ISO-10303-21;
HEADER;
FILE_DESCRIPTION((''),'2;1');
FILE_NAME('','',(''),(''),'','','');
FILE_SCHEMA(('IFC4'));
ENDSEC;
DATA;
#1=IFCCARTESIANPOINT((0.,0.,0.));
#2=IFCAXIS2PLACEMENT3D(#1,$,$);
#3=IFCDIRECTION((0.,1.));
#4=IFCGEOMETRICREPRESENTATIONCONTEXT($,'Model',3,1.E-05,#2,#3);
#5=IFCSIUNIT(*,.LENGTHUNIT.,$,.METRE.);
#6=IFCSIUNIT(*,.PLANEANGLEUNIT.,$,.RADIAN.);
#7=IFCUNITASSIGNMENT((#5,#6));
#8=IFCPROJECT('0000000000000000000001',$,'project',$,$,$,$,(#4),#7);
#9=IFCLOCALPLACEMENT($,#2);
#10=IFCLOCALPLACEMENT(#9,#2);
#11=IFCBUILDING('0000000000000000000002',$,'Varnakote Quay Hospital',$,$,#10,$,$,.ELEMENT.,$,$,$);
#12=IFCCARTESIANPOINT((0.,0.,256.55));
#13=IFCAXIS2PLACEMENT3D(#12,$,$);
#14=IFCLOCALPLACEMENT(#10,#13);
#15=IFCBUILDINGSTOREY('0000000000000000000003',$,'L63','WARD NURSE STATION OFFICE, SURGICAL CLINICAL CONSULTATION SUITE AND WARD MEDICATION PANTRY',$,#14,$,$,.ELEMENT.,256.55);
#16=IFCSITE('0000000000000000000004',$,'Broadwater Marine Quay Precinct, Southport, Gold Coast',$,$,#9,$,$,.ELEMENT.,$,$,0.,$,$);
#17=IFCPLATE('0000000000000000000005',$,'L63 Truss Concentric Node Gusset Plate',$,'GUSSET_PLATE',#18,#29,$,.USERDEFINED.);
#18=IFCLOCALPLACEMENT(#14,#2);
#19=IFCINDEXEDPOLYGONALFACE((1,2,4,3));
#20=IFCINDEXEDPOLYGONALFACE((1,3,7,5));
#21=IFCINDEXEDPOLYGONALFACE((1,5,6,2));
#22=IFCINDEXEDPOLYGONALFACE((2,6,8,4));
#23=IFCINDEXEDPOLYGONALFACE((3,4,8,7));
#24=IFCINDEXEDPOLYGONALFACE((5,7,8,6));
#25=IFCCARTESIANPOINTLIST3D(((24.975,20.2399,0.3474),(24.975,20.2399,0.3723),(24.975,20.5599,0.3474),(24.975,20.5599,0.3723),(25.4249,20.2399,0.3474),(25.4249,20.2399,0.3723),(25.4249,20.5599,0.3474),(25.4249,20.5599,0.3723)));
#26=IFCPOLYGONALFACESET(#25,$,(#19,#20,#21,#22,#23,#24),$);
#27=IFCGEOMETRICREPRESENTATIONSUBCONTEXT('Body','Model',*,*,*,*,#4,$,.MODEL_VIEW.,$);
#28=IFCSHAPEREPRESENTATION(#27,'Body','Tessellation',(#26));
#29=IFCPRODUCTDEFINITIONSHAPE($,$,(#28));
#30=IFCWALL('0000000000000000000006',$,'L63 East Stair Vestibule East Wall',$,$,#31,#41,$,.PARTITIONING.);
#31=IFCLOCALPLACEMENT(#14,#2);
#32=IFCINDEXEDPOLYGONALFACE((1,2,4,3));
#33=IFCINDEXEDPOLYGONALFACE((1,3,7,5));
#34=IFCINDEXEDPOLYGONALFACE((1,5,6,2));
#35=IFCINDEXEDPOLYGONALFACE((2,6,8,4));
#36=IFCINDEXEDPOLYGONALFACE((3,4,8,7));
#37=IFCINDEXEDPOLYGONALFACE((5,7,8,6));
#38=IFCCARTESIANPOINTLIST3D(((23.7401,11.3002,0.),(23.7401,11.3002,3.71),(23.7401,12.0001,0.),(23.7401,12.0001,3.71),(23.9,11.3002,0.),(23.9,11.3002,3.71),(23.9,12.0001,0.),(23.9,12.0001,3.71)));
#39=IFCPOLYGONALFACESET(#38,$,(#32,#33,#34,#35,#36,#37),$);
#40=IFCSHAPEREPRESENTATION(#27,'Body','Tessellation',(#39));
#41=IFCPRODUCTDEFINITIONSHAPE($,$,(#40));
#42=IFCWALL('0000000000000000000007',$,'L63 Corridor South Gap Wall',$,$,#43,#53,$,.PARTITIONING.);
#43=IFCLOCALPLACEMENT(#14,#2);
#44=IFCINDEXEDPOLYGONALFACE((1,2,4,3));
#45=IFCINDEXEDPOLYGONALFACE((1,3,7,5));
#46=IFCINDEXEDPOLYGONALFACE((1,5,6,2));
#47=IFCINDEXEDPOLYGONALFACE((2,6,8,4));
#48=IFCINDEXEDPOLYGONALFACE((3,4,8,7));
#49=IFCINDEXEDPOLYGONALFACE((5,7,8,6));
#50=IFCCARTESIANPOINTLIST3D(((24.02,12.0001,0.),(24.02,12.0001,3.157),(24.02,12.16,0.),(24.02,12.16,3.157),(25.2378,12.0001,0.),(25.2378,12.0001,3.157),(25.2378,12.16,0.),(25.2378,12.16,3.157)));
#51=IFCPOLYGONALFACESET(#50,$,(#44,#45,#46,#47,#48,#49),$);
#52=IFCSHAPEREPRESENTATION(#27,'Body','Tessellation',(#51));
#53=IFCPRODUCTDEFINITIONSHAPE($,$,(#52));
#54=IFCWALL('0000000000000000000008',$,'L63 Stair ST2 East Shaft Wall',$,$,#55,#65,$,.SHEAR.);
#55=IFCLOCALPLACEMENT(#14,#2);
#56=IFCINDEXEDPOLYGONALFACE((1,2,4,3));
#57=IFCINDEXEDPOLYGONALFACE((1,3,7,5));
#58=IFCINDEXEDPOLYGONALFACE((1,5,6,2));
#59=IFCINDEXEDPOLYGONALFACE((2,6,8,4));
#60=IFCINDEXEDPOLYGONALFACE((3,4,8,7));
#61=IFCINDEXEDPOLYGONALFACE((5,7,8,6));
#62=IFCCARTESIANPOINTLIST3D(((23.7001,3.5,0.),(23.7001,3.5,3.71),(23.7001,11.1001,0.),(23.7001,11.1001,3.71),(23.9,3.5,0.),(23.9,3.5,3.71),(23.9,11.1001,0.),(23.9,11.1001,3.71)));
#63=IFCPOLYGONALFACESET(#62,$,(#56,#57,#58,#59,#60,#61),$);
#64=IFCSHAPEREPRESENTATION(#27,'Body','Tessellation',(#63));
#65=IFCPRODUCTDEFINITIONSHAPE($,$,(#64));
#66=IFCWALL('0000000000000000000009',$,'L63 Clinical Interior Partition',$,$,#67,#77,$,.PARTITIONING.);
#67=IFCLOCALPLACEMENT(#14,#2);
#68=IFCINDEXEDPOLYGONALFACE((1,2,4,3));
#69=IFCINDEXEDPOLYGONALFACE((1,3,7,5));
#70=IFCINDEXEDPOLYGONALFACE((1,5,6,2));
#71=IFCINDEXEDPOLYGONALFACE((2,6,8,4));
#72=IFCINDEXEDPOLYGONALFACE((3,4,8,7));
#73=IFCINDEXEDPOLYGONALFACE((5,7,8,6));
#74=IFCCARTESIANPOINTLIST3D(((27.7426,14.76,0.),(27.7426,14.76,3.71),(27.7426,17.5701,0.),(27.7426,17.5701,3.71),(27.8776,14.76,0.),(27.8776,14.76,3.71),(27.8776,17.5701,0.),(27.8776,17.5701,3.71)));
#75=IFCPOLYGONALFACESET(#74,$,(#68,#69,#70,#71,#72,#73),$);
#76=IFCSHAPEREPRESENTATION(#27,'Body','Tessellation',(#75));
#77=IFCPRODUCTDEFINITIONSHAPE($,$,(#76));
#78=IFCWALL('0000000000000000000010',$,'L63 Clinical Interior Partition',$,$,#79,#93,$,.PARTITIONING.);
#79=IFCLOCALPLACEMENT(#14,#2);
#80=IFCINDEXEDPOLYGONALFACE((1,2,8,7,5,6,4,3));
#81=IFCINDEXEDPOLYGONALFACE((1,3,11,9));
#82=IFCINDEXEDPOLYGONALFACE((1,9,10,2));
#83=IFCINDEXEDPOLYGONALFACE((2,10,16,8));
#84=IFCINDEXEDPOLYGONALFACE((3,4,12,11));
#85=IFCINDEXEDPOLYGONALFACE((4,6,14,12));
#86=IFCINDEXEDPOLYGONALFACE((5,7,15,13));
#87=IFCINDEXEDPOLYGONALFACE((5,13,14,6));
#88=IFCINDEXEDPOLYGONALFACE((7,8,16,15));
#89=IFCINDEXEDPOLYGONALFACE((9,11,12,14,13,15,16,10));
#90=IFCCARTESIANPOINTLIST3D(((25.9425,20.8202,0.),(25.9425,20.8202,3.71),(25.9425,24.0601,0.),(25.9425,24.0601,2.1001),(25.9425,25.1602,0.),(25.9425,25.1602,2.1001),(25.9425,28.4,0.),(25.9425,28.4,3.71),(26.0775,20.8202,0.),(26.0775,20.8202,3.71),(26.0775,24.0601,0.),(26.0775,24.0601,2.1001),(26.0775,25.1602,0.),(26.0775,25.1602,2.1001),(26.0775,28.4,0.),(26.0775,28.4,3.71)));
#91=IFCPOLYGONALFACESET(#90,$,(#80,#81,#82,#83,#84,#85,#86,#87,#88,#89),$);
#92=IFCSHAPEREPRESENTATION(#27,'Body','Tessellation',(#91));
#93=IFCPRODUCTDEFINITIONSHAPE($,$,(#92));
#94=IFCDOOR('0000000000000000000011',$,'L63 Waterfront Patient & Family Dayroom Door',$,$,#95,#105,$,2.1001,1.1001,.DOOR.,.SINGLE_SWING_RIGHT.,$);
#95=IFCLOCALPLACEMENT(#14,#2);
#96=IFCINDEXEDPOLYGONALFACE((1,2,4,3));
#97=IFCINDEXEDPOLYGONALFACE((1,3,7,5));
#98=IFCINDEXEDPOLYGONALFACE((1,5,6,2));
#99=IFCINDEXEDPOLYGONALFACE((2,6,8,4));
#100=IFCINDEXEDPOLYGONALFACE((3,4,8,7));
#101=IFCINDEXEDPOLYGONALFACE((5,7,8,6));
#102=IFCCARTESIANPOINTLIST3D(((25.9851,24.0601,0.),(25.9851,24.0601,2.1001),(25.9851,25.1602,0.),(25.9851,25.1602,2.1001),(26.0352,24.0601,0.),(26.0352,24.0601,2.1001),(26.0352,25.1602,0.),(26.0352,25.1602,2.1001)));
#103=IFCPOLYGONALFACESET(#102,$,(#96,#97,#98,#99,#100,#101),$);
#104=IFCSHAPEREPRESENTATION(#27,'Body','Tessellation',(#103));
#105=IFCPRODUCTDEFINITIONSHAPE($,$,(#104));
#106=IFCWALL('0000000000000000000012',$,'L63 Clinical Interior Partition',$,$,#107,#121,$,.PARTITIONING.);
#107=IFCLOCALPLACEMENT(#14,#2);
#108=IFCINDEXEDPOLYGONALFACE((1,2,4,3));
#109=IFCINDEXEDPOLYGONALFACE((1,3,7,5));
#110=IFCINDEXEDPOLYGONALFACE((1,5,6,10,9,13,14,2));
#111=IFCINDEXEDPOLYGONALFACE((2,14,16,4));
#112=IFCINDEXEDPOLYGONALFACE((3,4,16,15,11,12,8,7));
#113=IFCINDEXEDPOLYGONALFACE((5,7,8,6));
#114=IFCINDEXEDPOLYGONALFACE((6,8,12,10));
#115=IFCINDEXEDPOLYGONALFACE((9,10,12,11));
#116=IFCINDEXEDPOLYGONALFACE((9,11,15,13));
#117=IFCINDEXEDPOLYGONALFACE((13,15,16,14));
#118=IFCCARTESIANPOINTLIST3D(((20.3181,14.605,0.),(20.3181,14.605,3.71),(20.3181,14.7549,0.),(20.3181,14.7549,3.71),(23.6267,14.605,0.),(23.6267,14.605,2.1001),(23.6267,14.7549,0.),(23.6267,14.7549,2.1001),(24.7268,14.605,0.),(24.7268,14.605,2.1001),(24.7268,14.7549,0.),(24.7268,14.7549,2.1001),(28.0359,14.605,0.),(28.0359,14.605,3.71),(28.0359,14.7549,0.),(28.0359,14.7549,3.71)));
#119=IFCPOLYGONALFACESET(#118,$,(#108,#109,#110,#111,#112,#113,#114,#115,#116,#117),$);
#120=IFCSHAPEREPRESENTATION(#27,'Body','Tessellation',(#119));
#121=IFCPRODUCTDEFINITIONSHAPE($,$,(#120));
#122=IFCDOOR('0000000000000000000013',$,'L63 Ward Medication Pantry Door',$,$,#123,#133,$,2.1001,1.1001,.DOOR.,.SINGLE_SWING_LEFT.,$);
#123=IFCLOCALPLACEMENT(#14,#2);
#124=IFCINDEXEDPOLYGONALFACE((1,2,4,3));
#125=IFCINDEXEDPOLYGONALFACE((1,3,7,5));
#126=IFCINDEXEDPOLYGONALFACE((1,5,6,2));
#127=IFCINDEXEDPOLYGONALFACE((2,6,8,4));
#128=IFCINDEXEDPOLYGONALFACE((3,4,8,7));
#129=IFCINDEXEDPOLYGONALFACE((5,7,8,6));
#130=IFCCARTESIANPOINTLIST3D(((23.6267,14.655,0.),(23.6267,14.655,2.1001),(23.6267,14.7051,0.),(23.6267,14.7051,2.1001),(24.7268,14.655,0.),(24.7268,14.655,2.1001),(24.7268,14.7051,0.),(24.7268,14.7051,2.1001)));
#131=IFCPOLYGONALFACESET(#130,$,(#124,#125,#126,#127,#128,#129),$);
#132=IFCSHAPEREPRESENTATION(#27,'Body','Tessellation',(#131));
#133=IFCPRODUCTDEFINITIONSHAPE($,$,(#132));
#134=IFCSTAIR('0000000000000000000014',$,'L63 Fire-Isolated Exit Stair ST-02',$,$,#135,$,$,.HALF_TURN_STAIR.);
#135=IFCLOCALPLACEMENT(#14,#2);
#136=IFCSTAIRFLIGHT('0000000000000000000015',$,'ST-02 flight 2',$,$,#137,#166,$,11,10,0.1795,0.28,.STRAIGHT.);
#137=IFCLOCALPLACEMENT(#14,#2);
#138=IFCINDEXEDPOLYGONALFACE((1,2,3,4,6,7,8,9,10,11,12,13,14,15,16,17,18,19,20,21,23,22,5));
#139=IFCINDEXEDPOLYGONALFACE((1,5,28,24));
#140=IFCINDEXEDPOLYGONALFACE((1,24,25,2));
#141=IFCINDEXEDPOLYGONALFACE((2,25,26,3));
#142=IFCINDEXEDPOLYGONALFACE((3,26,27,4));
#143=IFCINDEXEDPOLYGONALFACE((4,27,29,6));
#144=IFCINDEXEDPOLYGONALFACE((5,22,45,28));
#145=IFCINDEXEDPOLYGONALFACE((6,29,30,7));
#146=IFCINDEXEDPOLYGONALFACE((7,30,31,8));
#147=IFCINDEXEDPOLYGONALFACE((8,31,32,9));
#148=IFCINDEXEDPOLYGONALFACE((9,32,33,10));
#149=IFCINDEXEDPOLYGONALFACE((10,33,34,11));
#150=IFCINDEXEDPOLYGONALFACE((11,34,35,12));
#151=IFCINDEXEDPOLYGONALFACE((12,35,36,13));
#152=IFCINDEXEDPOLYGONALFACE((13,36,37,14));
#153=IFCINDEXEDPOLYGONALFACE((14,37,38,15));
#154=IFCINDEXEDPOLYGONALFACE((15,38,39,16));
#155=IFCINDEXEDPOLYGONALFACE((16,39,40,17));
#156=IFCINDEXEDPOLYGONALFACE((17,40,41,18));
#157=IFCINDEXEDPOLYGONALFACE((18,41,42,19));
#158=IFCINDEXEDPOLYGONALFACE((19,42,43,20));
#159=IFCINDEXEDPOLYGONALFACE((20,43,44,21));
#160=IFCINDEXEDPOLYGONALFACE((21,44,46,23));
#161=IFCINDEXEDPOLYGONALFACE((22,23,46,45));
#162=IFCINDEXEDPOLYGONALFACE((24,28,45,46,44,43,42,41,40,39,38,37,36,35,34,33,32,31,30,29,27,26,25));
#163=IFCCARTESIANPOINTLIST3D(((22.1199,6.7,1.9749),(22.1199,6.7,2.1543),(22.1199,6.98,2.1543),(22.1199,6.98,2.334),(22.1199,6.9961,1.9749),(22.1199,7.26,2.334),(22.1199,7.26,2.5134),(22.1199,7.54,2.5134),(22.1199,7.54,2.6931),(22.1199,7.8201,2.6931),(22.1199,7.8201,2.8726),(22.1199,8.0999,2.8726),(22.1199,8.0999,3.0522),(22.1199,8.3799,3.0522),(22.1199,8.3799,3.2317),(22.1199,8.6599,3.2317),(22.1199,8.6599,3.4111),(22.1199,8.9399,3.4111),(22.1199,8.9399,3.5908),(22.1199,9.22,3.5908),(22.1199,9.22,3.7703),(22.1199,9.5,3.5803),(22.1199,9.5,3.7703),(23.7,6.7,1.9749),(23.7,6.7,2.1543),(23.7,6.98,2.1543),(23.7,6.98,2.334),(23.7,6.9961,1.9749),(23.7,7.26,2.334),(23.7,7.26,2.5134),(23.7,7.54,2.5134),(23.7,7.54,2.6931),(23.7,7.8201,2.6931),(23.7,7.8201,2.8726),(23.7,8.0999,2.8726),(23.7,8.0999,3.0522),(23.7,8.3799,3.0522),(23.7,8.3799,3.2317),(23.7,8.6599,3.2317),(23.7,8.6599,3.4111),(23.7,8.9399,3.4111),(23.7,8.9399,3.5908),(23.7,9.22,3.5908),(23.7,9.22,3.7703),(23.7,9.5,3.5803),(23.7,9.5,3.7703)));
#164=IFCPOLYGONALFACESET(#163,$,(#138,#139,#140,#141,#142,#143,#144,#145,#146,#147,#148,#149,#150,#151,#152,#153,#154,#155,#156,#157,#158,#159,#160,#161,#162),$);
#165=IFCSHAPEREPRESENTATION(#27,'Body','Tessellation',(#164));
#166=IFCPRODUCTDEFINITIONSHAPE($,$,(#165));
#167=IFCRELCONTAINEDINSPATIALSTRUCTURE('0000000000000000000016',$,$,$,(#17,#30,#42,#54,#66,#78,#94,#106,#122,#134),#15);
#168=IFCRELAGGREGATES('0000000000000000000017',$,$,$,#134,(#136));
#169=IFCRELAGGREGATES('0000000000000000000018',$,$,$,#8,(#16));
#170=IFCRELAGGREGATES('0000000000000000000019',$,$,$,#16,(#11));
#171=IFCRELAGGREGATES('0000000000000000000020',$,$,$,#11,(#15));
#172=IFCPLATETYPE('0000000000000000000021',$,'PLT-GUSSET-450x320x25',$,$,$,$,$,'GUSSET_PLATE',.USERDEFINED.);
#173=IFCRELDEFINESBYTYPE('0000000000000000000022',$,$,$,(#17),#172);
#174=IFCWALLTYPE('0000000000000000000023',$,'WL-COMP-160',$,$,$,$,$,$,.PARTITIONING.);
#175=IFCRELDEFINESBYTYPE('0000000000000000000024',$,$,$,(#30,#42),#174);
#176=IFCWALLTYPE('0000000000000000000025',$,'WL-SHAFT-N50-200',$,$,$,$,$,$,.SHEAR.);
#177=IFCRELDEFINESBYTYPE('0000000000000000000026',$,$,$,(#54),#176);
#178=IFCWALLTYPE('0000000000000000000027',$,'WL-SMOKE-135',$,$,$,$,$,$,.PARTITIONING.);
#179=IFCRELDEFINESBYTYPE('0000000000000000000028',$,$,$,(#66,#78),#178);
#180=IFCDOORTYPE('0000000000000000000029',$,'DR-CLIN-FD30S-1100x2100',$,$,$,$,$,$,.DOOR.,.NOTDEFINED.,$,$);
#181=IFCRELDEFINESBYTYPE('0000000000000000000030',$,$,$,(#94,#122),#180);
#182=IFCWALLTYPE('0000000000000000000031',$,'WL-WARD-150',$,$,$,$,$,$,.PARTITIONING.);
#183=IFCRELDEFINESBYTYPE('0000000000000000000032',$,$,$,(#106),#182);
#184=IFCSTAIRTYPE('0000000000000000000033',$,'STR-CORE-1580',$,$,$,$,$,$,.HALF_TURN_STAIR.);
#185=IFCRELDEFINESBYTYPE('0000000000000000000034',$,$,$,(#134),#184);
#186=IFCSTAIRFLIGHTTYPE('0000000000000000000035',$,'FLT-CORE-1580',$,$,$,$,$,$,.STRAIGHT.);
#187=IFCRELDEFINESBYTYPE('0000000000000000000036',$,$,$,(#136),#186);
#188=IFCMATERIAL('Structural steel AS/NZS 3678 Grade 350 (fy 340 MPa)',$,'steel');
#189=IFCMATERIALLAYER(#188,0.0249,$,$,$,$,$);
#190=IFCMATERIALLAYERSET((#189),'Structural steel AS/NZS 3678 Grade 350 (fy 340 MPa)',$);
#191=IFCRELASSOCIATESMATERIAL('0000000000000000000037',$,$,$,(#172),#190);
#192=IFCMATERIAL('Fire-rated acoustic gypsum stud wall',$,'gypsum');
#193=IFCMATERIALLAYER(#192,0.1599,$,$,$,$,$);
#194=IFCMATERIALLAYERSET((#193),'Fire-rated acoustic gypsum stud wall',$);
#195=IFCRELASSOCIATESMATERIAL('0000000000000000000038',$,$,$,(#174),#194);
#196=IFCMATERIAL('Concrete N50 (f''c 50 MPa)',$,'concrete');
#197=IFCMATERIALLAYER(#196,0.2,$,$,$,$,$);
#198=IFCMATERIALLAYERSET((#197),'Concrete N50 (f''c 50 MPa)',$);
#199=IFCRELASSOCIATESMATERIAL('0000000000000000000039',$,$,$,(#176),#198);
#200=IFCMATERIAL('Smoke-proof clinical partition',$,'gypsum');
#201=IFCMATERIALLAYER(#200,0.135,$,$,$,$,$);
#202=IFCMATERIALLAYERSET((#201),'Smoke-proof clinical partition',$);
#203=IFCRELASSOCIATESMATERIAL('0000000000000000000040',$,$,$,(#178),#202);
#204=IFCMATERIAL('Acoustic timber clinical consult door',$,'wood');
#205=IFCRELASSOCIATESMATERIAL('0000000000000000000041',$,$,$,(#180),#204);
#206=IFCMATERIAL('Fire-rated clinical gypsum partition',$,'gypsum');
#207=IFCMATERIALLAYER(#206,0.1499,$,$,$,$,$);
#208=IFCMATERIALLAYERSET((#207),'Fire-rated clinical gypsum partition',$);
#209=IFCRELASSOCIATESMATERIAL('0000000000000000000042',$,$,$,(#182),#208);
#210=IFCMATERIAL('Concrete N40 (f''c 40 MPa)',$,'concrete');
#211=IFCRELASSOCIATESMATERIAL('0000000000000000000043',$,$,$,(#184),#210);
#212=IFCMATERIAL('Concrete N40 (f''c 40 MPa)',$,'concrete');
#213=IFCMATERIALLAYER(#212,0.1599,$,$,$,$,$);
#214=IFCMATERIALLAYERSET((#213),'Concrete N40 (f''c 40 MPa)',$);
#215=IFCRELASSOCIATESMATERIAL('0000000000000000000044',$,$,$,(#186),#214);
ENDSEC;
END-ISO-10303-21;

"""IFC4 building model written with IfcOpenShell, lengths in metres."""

from ifc_helpers import new_model, si_unit, direction, frame, frame_2d, origin, origin_2d, place, context, subcontext, project, spatial, polyline, rectangle, outline, extrude, material, layer, layer_set, type_object, element, fill, aggregate, save


model = new_model("IFC4")

# Units and contexts
model_context = context("Model", 3, precision=1e-05, world=origin(), true_north=direction((0.0, 1.0)))
body_context = subcontext(model_context, "Body", "Model", "MODEL_VIEW")
ifc_project = project(units=[si_unit("LENGTHUNIT", "METRE"), si_unit("PLANEANGLEUNIT", "RADIAN")], contexts=[model_context])

# Site, building, storey
site_placement = place(None, origin())
site = spatial("IfcSite", under=ifc_project, at=site_placement, Name="Broadwater Marine Quay Precinct, Southport, Gold Coast", CompositionType="ELEMENT", RefElevation=0.0)
building_placement = place(site_placement, origin())
building = spatial("IfcBuilding", under=site, at=building_placement, Name="Varnakote Quay Hospital", CompositionType="ELEMENT")
storey_placement = place(building_placement, frame((0.0, 0.0, 256.55)))
storey = spatial("IfcBuildingStorey", under=building, at=storey_placement, Name="L63", Description="WARD NURSE STATION OFFICE, SURGICAL CLINICAL CONSULTATION SUITE AND WARD MEDICATION PANTRY", CompositionType="ELEMENT", Elevation=256.55)

# Plate
ifc_material_1 = material(Name="Structural steel AS/NZS 3678 Grade 350 (fy 340 MPa)", Category="steel")
ifc_layer_1 = layer(ifc_material_1, 0.0249)
ifc_layer_set_1 = layer_set([ifc_layer_1], Name="Structural steel AS/NZS 3678 Grade 350 (fy 340 MPa)")
plate_type_1 = type_object("IfcPlateType", Name="PLT-GUSSET-450x320x25", ElementType="GUSSET_PLATE", PredefinedType="USERDEFINED", material=ifc_layer_set_1)
plate_1_placement = place(storey_placement, frame((25.2, 20.3999, 0.3474), z_axis=(0.0, 0.0, 1.0), x_axis=(1.0, 0.0, 0.0)))
element("IfcPlate", 1, at=plate_1_placement, inside=storey, type_object=plate_type_1, Name="L63 Truss Concentric Node Gusset Plate", ObjectType="GUSSET_PLATE", PredefinedType="USERDEFINED", context=body_context, shape_type="SweptSolid", body=[
    extrude(rectangle(XDim=0.45, YDim=0.3201, at=origin_2d()), origin(), (0.0, 0.0, 1.0), 0.0249),
])

# Walls
ifc_material_2 = material(Name="Fire-rated acoustic gypsum stud wall", Category="gypsum")
ifc_layer_2 = layer(ifc_material_2, 0.1599)
ifc_layer_set_2 = layer_set([ifc_layer_2], Name="Fire-rated acoustic gypsum stud wall")
wall_type_1 = type_object("IfcWallType", Name="WL-COMP-160", PredefinedType="PARTITIONING", material=ifc_layer_set_2)
wall_1_placement = place(storey_placement, frame((23.8201, 11.3, 0.0), z_axis=(0.0, 0.0, 1.0), x_axis=(0.0, 1.0, 0.0)))
element("IfcWall", 2, at=wall_1_placement, inside=storey, type_object=wall_type_1, Name="L63 East Stair Vestibule East Wall", PredefinedType="PARTITIONING", context=body_context, shape_type="SweptSolid", body=[
    extrude(rectangle(XDim=0.7, YDim=0.1599, at=frame_2d((0.3501, 0.0))), origin(), (0.0, 0.0, 1.0), 3.71),
])
wall_2_placement = place(storey_placement, frame((24.02, 12.0801, 0.0), z_axis=(0.0, 0.0, 1.0), x_axis=(1.0, 0.0, 0.0)))
element("IfcWall", 3, at=wall_2_placement, inside=storey, type_object=wall_type_1, Name="L63 Corridor South Gap Wall", PredefinedType="PARTITIONING", context=body_context, shape_type="SweptSolid", body=[
    extrude(rectangle(XDim=1.2178, YDim=0.1599, at=frame_2d((0.6089, 0.0))), origin(), (0.0, 0.0, 1.0), 3.157),
])
ifc_material_3 = material(Name="Concrete N50 (f'c 50 MPa)", Category="concrete")
ifc_layer_3 = layer(ifc_material_3, 0.2)
ifc_layer_set_3 = layer_set([ifc_layer_3], Name="Concrete N50 (f'c 50 MPa)")
wall_type_2 = type_object("IfcWallType", Name="WL-SHAFT-N50-200", PredefinedType="SHEAR", material=ifc_layer_set_3)
wall_3_placement = place(storey_placement, frame((23.8, 3.5, 0.0), z_axis=(0.0, 0.0, 1.0), x_axis=(0.0, 1.0, 0.0)))
element("IfcWall", 4, at=wall_3_placement, inside=storey, type_object=wall_type_2, Name="L63 Stair ST2 East Shaft Wall", PredefinedType="SHEAR", context=body_context, shape_type="SweptSolid", body=[
    extrude(rectangle(XDim=7.6001, YDim=0.2, at=frame_2d((3.8, 0.0))), origin(), (0.0, 0.0, 1.0), 3.71),
])
ifc_material_4 = material(Name="Smoke-proof clinical partition", Category="gypsum")
ifc_layer_4 = layer(ifc_material_4, 0.135)
ifc_layer_set_4 = layer_set([ifc_layer_4], Name="Smoke-proof clinical partition")
wall_type_3 = type_object("IfcWallType", Name="WL-SMOKE-135", PredefinedType="PARTITIONING", material=ifc_layer_set_4)
wall_4_placement = place(storey_placement, frame((27.8101, 14.76, 0.0), z_axis=(0.0, 0.0, 1.0), x_axis=(0.0, 1.0, 0.0)))
element("IfcWall", 5, at=wall_4_placement, inside=storey, type_object=wall_type_3, Name="L63 Clinical Interior Partition", PredefinedType="PARTITIONING", context=body_context, shape_type="SweptSolid", body=[
    extrude(rectangle(XDim=2.8101, YDim=0.135, at=frame_2d((1.405, 0.0))), origin(), (0.0, 0.0, 1.0), 3.71),
])

# Walls, openings, doors
wall_5_placement = place(storey_placement, frame((26.01, 20.8201, 0.0), z_axis=(0.0, 0.0, 1.0), x_axis=(0.0, 1.0, 0.0)))
wall_5 = element("IfcWall", 6, at=wall_5_placement, inside=storey, type_object=wall_type_3, Name="L63 Clinical Interior Partition", PredefinedType="PARTITIONING", context=body_context, shape_type="SweptSolid", body=[
    extrude(rectangle(XDim=7.5798, YDim=0.135, at=frame_2d((3.79, 0.0))), origin(), (0.0, 0.0, 1.0), 3.71),
])
opening_1_placement = place(wall_5_placement, frame((3.24, 0.0, 0.0)))
opening_1 = element("IfcOpeningElement", 7, at=opening_1_placement, cuts=wall_5, PredefinedType="OPENING", context=body_context, shape_type="SweptSolid", body=[
    extrude(rectangle(XDim=1.1001, YDim=2.1001, at=frame_2d((0.55, 1.05))), frame((0.0, 0.0774, 0.0), z_axis=(0.0, -1.0, 0.0), x_axis=(1.0, 0.0, 0.0)), (0.0, 0.0, 1.0), 0.155),
])
ifc_material_5 = material(Name="Acoustic timber clinical consult door", Category="wood")
door_type = type_object("IfcDoorType", Name="DR-CLIN-FD30S-1100x2100", OperationType="NOTDEFINED", PredefinedType="DOOR", material=ifc_material_5)
door_1_placement = place(opening_1_placement, origin())
door_1 = element("IfcDoor", 8, at=door_1_placement, inside=storey, type_object=door_type, Name="L63 Waterfront Patient & Family Dayroom Door", OperationType="SINGLE_SWING_RIGHT", OverallHeight=2.1001, OverallWidth=1.1001, PredefinedType="DOOR", context=body_context, shape_type="SweptSolid", body=[
    extrude(rectangle(XDim=1.1001, YDim=2.1001, at=frame_2d((0.55, 1.05))), frame((0.0, 0.0249, 0.0), z_axis=(0.0, -1.0, 0.0), x_axis=(1.0, 0.0, 0.0)), (0.0, 0.0, 1.0), 0.05),
])
fill(opening_1, door_1)
ifc_material_6 = material(Name="Fire-rated clinical gypsum partition", Category="gypsum")
ifc_layer_5 = layer(ifc_material_6, 0.1499)
ifc_layer_set_5 = layer_set([ifc_layer_5], Name="Fire-rated clinical gypsum partition")
wall_type_4 = type_object("IfcWallType", Name="WL-WARD-150", PredefinedType="PARTITIONING", material=ifc_layer_set_5)
wall_6_placement = place(storey_placement, frame((28.0359, 14.6799, 0.0), z_axis=(0.0, 0.0, 1.0), x_axis=(-1.0, 0.0, 0.0)))
wall_6 = element("IfcWall", 9, at=wall_6_placement, inside=storey, type_object=wall_type_4, Name="L63 Clinical Interior Partition", PredefinedType="PARTITIONING", context=body_context, shape_type="SweptSolid", body=[
    extrude(rectangle(XDim=7.7178, YDim=0.1499, at=frame_2d((3.8589, 0.0))), origin(), (0.0, 0.0, 1.0), 3.71),
])
opening_2_placement = place(wall_6_placement, frame((3.3091, 0.0, 0.0)))
opening_2 = element("IfcOpeningElement", 10, at=opening_2_placement, cuts=wall_6, PredefinedType="OPENING", context=body_context, shape_type="SweptSolid", body=[
    extrude(rectangle(XDim=1.1001, YDim=2.1001, at=frame_2d((0.55, 1.05))), frame((0.0, 0.085, 0.0), z_axis=(0.0, -1.0, 0.0), x_axis=(1.0, 0.0, 0.0)), (0.0, 0.0, 1.0), 0.1699),
])
door_2_placement = place(opening_2_placement, origin())
door_2 = element("IfcDoor", 11, at=door_2_placement, inside=storey, type_object=door_type, Name="L63 Ward Medication Pantry Door", OperationType="SINGLE_SWING_LEFT", OverallHeight=2.1001, OverallWidth=1.1001, PredefinedType="DOOR", context=body_context, shape_type="SweptSolid", body=[
    extrude(rectangle(XDim=1.1001, YDim=2.1001, at=frame_2d((0.55, 1.05))), frame((0.0, 0.0249, 0.0), z_axis=(0.0, -1.0, 0.0), x_axis=(1.0, 0.0, 0.0)), (0.0, 0.0, 1.0), 0.05),
])
fill(opening_2, door_2)

# Stair, stair flight
ifc_material_7 = material(Name="Concrete N40 (f'c 40 MPa)", Category="concrete")
stair_type = type_object("IfcStairType", Name="STR-CORE-1580", PredefinedType="HALF_TURN_STAIR", material=ifc_material_7)
stair_placement = place(storey_placement, origin())
stair = element("IfcStair", 12, at=stair_placement, inside=storey, type_object=stair_type, Name="L63 Fire-Isolated Exit Stair ST-02", PredefinedType="HALF_TURN_STAIR")
ifc_material_8 = material(Name="Concrete N40 (f'c 40 MPa)", Category="concrete")
ifc_layer_6 = layer(ifc_material_8, 0.1599)
ifc_layer_set_6 = layer_set([ifc_layer_6], Name="Concrete N40 (f'c 40 MPa)")
stair_flight_type = type_object("IfcStairFlightType", Name="FLT-CORE-1580", PredefinedType="STRAIGHT", material=ifc_layer_set_6)
stair_flight_placement = place(storey_placement, frame((22.9099, 6.7, 1.9749), z_axis=(0.0, 0.0, 1.0), x_axis=(0.0, 1.0, 0.0)))
stair_flight = element("IfcStairFlight", 13, at=stair_flight_placement, type_object=stair_flight_type, Name="ST-02 flight 2", NumberOfRisers=11, NumberOfTreads=10, PredefinedType="STRAIGHT", RiserHeight=0.1795, TreadLength=0.28, context=body_context, shape_type="SweptSolid", body=[
    extrude(outline(polyline([(0.0, 0.0), (0.0, 0.1794), (0.28, 0.1794), (0.28, 0.3591), (0.5601, 0.3591), (0.5601, 0.5386), (0.8401, 0.5386), (0.8401, 0.7183), (1.1201, 0.7183), (1.1201, 0.8977), (1.3999, 0.8977), (1.3999, 1.0774), (1.6799, 1.0774), (1.6799, 1.2568), (1.96, 1.2568), (1.96, 1.4363), (2.24, 1.4363), (2.24, 1.616), (2.52, 1.616), (2.52, 1.7954), (2.8, 1.7954), (2.8, 1.9751), (2.8, 1.6055), (0.2961, 0.0), (0.0, 0.0)])), frame((0.0, 0.79, 0.0), z_axis=(0.0, -1.0, 0.0), x_axis=(1.0, 0.0, 0.0)), (0.0, 0.0, 1.0), 1.5801),
])
aggregate(stair, [stair_flight])

save(model, "model.ifc")
